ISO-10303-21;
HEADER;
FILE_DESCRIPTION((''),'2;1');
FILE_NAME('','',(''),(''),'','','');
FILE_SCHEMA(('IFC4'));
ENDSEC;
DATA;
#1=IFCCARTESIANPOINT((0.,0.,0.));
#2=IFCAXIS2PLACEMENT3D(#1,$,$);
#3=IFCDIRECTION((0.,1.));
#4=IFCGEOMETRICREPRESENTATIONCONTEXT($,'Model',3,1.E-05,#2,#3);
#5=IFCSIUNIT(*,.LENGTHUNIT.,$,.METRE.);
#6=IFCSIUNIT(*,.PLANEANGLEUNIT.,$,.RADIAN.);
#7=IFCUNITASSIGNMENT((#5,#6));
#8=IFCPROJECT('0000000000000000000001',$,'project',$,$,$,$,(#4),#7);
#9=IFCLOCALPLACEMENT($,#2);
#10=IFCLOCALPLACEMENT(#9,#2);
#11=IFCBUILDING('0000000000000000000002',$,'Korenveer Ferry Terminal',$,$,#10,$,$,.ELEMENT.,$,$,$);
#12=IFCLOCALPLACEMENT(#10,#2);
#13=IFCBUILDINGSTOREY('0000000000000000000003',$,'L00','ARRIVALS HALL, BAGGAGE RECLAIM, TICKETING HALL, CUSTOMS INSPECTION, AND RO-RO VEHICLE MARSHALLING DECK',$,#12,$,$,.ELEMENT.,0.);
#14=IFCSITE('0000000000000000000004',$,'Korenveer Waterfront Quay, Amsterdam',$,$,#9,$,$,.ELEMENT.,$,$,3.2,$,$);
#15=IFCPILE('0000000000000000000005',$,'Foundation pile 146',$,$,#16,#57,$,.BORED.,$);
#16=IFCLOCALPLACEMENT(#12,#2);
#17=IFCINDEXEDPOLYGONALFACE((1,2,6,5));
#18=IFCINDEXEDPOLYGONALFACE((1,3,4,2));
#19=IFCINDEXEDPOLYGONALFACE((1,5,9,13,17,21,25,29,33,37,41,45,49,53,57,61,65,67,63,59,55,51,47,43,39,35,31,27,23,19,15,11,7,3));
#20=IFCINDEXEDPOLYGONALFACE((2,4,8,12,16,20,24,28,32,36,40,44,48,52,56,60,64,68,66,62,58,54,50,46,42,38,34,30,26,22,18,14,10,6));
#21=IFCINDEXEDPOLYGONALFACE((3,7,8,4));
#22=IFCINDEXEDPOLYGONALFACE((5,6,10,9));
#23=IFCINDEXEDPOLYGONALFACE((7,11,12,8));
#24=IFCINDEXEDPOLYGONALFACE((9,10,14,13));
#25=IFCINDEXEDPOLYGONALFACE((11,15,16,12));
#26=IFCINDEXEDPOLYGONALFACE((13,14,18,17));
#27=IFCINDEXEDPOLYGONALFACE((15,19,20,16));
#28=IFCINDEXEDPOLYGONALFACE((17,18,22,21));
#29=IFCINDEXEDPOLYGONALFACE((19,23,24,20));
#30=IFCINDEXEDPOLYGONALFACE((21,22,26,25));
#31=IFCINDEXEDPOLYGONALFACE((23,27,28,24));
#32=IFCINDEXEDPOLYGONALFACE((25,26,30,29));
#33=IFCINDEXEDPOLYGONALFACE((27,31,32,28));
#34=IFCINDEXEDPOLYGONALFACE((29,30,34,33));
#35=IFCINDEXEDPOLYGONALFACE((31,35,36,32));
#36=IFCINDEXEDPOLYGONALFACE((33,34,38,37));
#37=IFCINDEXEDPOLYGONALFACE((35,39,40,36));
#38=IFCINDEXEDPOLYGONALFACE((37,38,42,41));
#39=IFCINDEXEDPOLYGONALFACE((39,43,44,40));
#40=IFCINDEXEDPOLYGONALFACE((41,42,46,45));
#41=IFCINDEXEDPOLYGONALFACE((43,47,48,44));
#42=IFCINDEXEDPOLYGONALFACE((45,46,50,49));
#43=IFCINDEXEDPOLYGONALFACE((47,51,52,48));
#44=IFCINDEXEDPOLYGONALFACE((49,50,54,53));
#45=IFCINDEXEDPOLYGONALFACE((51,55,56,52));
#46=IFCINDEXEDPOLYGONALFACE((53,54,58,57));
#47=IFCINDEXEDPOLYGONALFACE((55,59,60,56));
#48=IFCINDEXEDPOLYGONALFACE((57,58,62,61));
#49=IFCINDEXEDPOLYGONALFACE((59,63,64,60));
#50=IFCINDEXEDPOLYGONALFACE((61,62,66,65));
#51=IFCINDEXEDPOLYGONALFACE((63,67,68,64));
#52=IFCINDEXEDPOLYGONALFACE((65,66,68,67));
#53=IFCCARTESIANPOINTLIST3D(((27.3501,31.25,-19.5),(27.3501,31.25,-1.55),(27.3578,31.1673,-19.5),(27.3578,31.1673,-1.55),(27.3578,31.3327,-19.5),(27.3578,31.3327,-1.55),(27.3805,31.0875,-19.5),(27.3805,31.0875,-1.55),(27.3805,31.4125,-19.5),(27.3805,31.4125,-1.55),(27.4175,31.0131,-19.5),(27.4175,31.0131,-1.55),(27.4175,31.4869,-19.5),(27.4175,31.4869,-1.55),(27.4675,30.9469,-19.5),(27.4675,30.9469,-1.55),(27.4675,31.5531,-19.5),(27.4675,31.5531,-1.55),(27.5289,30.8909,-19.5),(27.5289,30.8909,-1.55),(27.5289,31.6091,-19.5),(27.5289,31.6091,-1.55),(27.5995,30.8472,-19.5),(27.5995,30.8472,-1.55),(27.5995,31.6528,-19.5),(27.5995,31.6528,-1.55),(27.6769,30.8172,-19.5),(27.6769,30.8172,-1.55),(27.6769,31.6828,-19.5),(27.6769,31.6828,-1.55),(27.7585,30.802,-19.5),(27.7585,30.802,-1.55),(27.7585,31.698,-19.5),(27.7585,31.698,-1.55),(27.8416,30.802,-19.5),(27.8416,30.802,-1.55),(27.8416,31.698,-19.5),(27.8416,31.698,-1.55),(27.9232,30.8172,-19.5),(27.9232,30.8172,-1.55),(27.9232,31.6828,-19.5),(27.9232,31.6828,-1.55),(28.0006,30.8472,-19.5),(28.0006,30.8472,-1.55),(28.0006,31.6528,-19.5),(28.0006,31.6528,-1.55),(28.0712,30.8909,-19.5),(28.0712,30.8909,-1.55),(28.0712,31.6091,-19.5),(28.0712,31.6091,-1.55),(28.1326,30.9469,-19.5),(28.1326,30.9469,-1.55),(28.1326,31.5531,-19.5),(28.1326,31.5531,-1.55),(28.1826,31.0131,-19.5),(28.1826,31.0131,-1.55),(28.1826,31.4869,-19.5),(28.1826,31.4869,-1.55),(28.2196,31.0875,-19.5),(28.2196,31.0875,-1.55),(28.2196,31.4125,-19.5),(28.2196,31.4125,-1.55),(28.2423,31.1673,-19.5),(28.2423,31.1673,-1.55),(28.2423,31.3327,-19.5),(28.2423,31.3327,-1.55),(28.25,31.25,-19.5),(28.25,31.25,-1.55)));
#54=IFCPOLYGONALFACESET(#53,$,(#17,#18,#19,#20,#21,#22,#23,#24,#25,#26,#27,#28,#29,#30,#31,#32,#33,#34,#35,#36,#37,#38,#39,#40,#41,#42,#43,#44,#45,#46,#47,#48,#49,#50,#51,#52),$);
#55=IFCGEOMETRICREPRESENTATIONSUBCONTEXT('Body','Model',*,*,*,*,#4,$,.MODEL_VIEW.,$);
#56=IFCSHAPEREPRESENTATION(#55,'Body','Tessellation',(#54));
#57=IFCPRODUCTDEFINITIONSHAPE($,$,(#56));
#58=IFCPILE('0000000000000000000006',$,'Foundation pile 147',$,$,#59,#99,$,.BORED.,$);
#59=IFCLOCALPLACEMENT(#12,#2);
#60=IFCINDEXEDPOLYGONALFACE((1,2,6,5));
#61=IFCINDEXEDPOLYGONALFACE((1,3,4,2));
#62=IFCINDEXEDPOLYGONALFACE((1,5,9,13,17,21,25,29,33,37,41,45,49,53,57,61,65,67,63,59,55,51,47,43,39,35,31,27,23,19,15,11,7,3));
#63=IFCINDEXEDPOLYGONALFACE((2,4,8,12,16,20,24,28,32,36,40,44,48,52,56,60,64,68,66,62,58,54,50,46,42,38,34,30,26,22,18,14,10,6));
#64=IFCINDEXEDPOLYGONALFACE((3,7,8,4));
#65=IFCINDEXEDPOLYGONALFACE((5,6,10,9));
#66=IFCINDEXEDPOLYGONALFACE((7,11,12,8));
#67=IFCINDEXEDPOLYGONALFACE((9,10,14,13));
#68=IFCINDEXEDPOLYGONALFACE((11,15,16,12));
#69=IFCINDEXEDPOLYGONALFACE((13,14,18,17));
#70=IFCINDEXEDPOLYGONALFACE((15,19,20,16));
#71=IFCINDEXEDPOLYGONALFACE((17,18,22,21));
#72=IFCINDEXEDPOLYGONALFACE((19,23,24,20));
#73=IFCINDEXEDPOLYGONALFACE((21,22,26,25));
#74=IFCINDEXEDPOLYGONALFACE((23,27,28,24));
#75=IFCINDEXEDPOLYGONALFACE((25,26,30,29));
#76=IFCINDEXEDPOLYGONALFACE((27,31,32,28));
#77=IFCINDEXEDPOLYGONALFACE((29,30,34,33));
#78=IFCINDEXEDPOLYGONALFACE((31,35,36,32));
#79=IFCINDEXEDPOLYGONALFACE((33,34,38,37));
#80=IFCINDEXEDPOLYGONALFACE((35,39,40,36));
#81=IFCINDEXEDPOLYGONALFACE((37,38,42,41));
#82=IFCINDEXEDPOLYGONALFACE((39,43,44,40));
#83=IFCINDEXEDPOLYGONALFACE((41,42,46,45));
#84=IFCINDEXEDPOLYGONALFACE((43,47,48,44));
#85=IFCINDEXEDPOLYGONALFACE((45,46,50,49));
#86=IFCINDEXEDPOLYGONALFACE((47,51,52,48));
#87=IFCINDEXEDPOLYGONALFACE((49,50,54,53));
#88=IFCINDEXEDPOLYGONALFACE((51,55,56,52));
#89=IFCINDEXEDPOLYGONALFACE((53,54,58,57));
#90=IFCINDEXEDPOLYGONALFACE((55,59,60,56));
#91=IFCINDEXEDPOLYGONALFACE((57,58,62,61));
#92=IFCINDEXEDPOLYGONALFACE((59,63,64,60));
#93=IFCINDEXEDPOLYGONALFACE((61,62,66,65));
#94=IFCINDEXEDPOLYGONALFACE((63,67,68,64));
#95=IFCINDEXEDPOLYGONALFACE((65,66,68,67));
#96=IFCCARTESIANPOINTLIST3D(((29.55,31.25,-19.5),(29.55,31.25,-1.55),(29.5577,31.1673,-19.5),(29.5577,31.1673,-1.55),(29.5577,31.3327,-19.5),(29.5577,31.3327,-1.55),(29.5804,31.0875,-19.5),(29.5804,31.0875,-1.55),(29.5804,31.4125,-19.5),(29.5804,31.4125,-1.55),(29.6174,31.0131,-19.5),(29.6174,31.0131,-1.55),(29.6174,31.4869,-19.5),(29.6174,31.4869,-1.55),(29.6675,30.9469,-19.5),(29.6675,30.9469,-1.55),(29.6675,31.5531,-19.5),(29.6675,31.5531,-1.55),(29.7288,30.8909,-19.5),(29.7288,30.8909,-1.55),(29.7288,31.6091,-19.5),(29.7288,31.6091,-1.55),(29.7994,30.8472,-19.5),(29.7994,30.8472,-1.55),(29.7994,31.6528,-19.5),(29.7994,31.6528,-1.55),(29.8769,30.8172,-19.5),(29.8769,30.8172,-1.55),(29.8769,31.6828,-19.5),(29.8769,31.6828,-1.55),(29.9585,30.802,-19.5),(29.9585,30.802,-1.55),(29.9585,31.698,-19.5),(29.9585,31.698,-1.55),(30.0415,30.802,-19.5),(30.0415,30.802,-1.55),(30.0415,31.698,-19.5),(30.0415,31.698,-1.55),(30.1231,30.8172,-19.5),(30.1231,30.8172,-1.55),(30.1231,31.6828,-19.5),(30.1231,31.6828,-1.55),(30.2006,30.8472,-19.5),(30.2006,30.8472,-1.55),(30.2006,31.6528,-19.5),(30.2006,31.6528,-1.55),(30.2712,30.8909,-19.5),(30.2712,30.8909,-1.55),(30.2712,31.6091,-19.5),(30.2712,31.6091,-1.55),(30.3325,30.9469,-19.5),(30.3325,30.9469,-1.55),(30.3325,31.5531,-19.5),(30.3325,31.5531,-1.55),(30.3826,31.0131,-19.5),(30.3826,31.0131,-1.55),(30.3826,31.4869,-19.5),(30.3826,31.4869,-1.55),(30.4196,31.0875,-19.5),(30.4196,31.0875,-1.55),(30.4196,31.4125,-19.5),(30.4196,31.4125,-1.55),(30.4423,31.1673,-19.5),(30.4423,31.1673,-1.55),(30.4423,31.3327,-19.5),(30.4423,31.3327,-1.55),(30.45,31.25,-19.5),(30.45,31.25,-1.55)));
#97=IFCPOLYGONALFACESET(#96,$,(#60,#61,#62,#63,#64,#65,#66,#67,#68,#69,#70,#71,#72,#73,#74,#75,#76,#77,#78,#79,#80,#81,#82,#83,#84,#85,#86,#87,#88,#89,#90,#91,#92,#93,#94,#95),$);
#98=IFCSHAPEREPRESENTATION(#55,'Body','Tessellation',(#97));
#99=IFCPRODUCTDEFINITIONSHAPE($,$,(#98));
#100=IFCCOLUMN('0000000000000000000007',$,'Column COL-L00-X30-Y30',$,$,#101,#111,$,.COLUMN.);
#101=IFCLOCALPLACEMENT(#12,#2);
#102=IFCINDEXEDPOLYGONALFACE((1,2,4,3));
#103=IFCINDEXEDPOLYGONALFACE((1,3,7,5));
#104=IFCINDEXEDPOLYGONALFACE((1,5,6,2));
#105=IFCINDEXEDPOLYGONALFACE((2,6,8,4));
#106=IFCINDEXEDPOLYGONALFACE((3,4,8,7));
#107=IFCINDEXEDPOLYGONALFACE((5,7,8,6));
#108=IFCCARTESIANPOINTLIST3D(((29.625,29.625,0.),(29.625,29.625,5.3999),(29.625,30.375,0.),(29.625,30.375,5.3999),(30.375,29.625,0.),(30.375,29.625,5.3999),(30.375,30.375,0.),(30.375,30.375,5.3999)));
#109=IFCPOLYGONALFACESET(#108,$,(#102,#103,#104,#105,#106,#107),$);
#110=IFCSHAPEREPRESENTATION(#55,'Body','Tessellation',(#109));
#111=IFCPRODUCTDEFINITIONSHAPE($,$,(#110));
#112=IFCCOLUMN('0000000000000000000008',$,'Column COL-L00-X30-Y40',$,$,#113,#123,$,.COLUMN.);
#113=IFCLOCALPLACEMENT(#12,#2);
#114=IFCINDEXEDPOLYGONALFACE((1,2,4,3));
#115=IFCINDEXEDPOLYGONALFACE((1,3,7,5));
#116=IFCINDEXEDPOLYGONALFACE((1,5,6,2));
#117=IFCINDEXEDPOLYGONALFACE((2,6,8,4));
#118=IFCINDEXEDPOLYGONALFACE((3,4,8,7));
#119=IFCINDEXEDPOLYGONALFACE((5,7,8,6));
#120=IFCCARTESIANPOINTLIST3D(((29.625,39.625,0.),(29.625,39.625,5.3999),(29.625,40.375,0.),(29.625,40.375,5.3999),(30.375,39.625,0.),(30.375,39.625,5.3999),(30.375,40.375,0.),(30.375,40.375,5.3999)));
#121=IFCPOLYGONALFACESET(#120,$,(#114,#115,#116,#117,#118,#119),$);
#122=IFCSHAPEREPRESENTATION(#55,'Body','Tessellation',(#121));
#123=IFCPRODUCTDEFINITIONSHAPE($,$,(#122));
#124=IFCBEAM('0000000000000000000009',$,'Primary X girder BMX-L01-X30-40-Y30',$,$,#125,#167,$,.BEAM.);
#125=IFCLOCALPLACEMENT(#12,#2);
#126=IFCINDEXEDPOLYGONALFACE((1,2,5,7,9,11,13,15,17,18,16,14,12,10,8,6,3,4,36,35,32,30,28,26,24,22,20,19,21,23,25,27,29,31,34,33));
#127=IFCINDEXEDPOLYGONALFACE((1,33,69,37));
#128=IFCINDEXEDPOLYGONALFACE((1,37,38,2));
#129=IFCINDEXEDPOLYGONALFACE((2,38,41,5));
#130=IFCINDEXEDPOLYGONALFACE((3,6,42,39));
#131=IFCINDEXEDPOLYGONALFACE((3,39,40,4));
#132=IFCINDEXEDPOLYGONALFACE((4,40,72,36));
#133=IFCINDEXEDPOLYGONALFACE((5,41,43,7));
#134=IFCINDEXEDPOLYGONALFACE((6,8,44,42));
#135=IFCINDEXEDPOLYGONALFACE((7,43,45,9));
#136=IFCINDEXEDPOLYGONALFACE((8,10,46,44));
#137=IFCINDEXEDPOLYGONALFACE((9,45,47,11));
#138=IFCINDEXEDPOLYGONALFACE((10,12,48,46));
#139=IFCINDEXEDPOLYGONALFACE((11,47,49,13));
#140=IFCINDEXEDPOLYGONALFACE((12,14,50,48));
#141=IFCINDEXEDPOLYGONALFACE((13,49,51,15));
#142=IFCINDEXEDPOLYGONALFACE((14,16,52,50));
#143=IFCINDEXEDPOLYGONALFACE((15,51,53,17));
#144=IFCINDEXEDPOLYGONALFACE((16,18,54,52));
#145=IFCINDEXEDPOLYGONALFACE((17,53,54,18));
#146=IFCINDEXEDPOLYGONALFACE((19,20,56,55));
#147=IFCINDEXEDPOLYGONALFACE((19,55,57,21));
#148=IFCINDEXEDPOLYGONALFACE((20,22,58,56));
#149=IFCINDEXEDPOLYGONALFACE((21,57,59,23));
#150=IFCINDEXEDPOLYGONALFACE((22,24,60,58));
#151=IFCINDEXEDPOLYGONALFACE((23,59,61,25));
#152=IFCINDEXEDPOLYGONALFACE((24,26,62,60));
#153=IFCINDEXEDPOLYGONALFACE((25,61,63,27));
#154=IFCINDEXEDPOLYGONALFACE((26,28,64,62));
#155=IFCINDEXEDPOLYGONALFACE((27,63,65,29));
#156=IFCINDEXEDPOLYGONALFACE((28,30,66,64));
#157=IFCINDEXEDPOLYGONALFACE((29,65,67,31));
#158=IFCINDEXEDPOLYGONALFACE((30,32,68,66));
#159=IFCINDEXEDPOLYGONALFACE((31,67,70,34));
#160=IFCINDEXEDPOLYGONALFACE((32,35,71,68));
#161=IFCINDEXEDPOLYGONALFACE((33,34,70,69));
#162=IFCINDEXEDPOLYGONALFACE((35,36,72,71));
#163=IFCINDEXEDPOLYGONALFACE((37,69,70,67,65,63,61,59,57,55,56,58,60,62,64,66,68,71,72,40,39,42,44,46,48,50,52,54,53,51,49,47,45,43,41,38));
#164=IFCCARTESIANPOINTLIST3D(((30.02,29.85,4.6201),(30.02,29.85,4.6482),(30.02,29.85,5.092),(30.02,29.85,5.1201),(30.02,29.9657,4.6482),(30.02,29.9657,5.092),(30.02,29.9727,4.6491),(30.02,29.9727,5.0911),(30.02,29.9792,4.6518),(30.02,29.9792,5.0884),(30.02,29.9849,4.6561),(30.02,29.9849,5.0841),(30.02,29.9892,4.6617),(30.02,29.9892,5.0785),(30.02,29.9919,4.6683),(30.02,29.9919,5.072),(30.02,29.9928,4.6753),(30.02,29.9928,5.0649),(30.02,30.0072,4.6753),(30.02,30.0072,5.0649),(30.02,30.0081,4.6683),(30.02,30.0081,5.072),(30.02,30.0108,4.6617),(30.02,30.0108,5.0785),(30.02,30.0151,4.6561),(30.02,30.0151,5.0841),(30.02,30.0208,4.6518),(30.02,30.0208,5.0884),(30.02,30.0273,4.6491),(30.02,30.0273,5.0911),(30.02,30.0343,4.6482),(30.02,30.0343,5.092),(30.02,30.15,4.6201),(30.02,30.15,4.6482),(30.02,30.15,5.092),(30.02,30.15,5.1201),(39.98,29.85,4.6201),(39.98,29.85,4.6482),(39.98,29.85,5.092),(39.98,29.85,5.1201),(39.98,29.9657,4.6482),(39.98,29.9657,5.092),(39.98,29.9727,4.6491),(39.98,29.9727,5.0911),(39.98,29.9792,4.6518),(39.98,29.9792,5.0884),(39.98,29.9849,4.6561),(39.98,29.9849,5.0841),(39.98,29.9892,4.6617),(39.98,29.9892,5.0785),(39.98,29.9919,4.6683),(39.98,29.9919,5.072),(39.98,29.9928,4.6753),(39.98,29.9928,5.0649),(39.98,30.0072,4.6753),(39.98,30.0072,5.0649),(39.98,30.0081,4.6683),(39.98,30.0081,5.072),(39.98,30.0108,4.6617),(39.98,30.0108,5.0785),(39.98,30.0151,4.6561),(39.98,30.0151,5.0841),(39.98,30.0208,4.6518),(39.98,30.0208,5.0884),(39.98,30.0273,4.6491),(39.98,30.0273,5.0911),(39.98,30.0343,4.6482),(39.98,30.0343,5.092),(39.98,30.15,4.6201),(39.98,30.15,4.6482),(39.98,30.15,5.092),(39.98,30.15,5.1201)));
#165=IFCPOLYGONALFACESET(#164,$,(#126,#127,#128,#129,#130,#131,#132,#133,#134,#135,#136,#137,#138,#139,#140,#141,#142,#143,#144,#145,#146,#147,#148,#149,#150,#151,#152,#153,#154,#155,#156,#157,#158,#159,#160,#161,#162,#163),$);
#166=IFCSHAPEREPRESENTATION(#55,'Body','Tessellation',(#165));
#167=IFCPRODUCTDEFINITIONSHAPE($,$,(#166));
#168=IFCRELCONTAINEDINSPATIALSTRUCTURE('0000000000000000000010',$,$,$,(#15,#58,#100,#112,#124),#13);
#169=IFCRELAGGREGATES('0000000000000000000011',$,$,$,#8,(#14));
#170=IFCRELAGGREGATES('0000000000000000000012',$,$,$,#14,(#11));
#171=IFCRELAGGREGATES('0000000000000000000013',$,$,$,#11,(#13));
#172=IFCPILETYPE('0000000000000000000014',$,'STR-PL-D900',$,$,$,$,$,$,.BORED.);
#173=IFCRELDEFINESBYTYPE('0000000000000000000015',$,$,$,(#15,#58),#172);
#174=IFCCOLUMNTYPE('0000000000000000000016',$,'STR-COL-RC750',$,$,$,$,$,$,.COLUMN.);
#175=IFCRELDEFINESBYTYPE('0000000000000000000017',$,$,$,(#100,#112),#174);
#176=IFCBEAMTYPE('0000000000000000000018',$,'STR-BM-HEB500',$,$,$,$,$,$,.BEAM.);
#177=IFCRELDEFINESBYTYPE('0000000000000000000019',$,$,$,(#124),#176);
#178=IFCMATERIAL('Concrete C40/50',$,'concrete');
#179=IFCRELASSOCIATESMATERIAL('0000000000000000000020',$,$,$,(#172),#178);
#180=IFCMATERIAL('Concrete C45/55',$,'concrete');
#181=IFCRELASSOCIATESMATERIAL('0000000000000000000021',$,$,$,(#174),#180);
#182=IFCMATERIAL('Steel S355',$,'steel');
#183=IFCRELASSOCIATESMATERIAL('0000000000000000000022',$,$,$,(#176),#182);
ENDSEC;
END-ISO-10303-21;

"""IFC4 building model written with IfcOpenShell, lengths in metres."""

from ifc_helpers import new_model, si_unit, direction, frame, origin, origin_2d, place, context, subcontext, project, spatial, rectangle, circle, i_section, extrude, material, material_profile, profile_set, type_object, element, save


model = new_model("IFC4")

# Units and contexts
model_context = context("Model", 3, precision=1e-05, world=origin(), true_north=direction((0.0, 1.0)))
body_context = subcontext(model_context, "Body", "Model", "MODEL_VIEW")
ifc_project = project(units=[si_unit("LENGTHUNIT", "METRE"), si_unit("PLANEANGLEUNIT", "RADIAN")], contexts=[model_context])

# Site, building, storey
site_placement = place(None, origin())
site = spatial("IfcSite", under=ifc_project, at=site_placement, Name="Korenveer Waterfront Quay, Amsterdam", CompositionType="ELEMENT", RefElevation=3.2)
building_placement = place(site_placement, origin())
building = spatial("IfcBuilding", under=site, at=building_placement, Name="Korenveer Ferry Terminal", CompositionType="ELEMENT")
storey_placement = place(building_placement, origin())
storey = spatial("IfcBuildingStorey", under=building, at=storey_placement, Name="L00", Description="ARRIVALS HALL, BAGGAGE RECLAIM, TICKETING HALL, CUSTOMS INSPECTION, AND RO-RO VEHICLE MARSHALLING DECK", CompositionType="ELEMENT", Elevation=0.0)

# Shared definitions
ifc_material_1 = material(Name="Concrete C40/50", Category="concrete")
ifc_material_2 = material(Name="Concrete C45/55", Category="concrete")

# Piles
ifc_material_profile_1 = material_profile(ifc_material_1, circle(Radius=0.45, at=origin_2d()), Name="PILE D900")
ifc_profile_set_1 = profile_set([ifc_material_profile_1], Name="Concrete C40/50")
pile_type_1 = type_object("IfcPileType", Name="STR-PL-D900", PredefinedType="BORED", material=ifc_profile_set_1)
for number, where, z_axis, x_axis, name in (
    (1, (27.8, 31.25, -1.55), (0.0, 0.0, -1.0), (1.0, 0.0, 0.0), "Foundation pile 146"),
    (2, (30.0, 31.25, -1.55), (0.0, 0.0, -1.0), (1.0, 0.0, 0.0), "Foundation pile 147"),
):
    element("IfcPile", number, at=place(storey_placement, frame(where, z_axis=z_axis, x_axis=x_axis)), inside=storey, type_object=pile_type_1, Name=name, PredefinedType="BORED", context=body_context, shape_type="SweptSolid", body=[
        extrude(circle(Radius=0.45, at=origin_2d()), origin(), (0.0, 0.0, 1.0), 17.95),
    ])

# Columns
ifc_material_profile_2 = material_profile(ifc_material_2, rectangle(XDim=0.75, YDim=0.75, at=origin_2d()), Name="RC 750x750")
ifc_profile_set_2 = profile_set([ifc_material_profile_2], Name="Concrete C45/55")
column_type = type_object("IfcColumnType", Name="STR-COL-RC750", PredefinedType="COLUMN", material=ifc_profile_set_2)
for number, where, z_axis, x_axis, name in (
    (3, (30.0, 30.0, 0.0), (0.0, 0.0, 1.0), (1.0, 0.0, 0.0), "Column COL-L00-X30-Y30"),
    (4, (30.0, 40.0, 0.0), (0.0, 0.0, 1.0), (1.0, 0.0, 0.0), "Column COL-L00-X30-Y40"),
):
    element("IfcColumn", number, at=place(storey_placement, frame(where, z_axis=z_axis, x_axis=x_axis)), inside=storey, type_object=column_type, Name=name, PredefinedType="COLUMN", context=body_context, shape_type="SweptSolid", body=[
        extrude(rectangle(XDim=0.75, YDim=0.75, at=origin_2d()), origin(), (0.0, 0.0, 1.0), 5.3999),
    ])

# Beam
ifc_material_3 = material(Name="Steel S355", Category="steel")
ifc_material_profile_3 = material_profile(ifc_material_3, i_section(OverallWidth=0.3, OverallDepth=0.5, WebThickness=0.0144, FlangeThickness=0.0281, FilletRadius=0.0271, at=origin_2d()), Name="HEB 500")
ifc_profile_set_3 = profile_set([ifc_material_profile_3], Name="Steel S355")
beam_type_1 = type_object("IfcBeamType", Name="STR-BM-HEB500", PredefinedType="BEAM", material=ifc_profile_set_3)
for number, where, z_axis, x_axis, name in (
    (5, (30.02, 30.0, 4.8701), (1.0, 0.0, 0.0), (0.0, 1.0, 0.0), "Primary X girder BMX-L01-X30-40-Y30"),
):
    element("IfcBeam", number, at=place(storey_placement, frame(where, z_axis=z_axis, x_axis=x_axis)), inside=storey, type_object=beam_type_1, Name=name, PredefinedType="BEAM", context=body_context, shape_type="SweptSolid", body=[
        extrude(i_section(OverallWidth=0.3, OverallDepth=0.5, WebThickness=0.0144, FlangeThickness=0.0281, FilletRadius=0.0271, at=origin_2d()), origin(), (0.0, 0.0, 1.0), 9.96),
    ])

save(model, "model.ifc")
